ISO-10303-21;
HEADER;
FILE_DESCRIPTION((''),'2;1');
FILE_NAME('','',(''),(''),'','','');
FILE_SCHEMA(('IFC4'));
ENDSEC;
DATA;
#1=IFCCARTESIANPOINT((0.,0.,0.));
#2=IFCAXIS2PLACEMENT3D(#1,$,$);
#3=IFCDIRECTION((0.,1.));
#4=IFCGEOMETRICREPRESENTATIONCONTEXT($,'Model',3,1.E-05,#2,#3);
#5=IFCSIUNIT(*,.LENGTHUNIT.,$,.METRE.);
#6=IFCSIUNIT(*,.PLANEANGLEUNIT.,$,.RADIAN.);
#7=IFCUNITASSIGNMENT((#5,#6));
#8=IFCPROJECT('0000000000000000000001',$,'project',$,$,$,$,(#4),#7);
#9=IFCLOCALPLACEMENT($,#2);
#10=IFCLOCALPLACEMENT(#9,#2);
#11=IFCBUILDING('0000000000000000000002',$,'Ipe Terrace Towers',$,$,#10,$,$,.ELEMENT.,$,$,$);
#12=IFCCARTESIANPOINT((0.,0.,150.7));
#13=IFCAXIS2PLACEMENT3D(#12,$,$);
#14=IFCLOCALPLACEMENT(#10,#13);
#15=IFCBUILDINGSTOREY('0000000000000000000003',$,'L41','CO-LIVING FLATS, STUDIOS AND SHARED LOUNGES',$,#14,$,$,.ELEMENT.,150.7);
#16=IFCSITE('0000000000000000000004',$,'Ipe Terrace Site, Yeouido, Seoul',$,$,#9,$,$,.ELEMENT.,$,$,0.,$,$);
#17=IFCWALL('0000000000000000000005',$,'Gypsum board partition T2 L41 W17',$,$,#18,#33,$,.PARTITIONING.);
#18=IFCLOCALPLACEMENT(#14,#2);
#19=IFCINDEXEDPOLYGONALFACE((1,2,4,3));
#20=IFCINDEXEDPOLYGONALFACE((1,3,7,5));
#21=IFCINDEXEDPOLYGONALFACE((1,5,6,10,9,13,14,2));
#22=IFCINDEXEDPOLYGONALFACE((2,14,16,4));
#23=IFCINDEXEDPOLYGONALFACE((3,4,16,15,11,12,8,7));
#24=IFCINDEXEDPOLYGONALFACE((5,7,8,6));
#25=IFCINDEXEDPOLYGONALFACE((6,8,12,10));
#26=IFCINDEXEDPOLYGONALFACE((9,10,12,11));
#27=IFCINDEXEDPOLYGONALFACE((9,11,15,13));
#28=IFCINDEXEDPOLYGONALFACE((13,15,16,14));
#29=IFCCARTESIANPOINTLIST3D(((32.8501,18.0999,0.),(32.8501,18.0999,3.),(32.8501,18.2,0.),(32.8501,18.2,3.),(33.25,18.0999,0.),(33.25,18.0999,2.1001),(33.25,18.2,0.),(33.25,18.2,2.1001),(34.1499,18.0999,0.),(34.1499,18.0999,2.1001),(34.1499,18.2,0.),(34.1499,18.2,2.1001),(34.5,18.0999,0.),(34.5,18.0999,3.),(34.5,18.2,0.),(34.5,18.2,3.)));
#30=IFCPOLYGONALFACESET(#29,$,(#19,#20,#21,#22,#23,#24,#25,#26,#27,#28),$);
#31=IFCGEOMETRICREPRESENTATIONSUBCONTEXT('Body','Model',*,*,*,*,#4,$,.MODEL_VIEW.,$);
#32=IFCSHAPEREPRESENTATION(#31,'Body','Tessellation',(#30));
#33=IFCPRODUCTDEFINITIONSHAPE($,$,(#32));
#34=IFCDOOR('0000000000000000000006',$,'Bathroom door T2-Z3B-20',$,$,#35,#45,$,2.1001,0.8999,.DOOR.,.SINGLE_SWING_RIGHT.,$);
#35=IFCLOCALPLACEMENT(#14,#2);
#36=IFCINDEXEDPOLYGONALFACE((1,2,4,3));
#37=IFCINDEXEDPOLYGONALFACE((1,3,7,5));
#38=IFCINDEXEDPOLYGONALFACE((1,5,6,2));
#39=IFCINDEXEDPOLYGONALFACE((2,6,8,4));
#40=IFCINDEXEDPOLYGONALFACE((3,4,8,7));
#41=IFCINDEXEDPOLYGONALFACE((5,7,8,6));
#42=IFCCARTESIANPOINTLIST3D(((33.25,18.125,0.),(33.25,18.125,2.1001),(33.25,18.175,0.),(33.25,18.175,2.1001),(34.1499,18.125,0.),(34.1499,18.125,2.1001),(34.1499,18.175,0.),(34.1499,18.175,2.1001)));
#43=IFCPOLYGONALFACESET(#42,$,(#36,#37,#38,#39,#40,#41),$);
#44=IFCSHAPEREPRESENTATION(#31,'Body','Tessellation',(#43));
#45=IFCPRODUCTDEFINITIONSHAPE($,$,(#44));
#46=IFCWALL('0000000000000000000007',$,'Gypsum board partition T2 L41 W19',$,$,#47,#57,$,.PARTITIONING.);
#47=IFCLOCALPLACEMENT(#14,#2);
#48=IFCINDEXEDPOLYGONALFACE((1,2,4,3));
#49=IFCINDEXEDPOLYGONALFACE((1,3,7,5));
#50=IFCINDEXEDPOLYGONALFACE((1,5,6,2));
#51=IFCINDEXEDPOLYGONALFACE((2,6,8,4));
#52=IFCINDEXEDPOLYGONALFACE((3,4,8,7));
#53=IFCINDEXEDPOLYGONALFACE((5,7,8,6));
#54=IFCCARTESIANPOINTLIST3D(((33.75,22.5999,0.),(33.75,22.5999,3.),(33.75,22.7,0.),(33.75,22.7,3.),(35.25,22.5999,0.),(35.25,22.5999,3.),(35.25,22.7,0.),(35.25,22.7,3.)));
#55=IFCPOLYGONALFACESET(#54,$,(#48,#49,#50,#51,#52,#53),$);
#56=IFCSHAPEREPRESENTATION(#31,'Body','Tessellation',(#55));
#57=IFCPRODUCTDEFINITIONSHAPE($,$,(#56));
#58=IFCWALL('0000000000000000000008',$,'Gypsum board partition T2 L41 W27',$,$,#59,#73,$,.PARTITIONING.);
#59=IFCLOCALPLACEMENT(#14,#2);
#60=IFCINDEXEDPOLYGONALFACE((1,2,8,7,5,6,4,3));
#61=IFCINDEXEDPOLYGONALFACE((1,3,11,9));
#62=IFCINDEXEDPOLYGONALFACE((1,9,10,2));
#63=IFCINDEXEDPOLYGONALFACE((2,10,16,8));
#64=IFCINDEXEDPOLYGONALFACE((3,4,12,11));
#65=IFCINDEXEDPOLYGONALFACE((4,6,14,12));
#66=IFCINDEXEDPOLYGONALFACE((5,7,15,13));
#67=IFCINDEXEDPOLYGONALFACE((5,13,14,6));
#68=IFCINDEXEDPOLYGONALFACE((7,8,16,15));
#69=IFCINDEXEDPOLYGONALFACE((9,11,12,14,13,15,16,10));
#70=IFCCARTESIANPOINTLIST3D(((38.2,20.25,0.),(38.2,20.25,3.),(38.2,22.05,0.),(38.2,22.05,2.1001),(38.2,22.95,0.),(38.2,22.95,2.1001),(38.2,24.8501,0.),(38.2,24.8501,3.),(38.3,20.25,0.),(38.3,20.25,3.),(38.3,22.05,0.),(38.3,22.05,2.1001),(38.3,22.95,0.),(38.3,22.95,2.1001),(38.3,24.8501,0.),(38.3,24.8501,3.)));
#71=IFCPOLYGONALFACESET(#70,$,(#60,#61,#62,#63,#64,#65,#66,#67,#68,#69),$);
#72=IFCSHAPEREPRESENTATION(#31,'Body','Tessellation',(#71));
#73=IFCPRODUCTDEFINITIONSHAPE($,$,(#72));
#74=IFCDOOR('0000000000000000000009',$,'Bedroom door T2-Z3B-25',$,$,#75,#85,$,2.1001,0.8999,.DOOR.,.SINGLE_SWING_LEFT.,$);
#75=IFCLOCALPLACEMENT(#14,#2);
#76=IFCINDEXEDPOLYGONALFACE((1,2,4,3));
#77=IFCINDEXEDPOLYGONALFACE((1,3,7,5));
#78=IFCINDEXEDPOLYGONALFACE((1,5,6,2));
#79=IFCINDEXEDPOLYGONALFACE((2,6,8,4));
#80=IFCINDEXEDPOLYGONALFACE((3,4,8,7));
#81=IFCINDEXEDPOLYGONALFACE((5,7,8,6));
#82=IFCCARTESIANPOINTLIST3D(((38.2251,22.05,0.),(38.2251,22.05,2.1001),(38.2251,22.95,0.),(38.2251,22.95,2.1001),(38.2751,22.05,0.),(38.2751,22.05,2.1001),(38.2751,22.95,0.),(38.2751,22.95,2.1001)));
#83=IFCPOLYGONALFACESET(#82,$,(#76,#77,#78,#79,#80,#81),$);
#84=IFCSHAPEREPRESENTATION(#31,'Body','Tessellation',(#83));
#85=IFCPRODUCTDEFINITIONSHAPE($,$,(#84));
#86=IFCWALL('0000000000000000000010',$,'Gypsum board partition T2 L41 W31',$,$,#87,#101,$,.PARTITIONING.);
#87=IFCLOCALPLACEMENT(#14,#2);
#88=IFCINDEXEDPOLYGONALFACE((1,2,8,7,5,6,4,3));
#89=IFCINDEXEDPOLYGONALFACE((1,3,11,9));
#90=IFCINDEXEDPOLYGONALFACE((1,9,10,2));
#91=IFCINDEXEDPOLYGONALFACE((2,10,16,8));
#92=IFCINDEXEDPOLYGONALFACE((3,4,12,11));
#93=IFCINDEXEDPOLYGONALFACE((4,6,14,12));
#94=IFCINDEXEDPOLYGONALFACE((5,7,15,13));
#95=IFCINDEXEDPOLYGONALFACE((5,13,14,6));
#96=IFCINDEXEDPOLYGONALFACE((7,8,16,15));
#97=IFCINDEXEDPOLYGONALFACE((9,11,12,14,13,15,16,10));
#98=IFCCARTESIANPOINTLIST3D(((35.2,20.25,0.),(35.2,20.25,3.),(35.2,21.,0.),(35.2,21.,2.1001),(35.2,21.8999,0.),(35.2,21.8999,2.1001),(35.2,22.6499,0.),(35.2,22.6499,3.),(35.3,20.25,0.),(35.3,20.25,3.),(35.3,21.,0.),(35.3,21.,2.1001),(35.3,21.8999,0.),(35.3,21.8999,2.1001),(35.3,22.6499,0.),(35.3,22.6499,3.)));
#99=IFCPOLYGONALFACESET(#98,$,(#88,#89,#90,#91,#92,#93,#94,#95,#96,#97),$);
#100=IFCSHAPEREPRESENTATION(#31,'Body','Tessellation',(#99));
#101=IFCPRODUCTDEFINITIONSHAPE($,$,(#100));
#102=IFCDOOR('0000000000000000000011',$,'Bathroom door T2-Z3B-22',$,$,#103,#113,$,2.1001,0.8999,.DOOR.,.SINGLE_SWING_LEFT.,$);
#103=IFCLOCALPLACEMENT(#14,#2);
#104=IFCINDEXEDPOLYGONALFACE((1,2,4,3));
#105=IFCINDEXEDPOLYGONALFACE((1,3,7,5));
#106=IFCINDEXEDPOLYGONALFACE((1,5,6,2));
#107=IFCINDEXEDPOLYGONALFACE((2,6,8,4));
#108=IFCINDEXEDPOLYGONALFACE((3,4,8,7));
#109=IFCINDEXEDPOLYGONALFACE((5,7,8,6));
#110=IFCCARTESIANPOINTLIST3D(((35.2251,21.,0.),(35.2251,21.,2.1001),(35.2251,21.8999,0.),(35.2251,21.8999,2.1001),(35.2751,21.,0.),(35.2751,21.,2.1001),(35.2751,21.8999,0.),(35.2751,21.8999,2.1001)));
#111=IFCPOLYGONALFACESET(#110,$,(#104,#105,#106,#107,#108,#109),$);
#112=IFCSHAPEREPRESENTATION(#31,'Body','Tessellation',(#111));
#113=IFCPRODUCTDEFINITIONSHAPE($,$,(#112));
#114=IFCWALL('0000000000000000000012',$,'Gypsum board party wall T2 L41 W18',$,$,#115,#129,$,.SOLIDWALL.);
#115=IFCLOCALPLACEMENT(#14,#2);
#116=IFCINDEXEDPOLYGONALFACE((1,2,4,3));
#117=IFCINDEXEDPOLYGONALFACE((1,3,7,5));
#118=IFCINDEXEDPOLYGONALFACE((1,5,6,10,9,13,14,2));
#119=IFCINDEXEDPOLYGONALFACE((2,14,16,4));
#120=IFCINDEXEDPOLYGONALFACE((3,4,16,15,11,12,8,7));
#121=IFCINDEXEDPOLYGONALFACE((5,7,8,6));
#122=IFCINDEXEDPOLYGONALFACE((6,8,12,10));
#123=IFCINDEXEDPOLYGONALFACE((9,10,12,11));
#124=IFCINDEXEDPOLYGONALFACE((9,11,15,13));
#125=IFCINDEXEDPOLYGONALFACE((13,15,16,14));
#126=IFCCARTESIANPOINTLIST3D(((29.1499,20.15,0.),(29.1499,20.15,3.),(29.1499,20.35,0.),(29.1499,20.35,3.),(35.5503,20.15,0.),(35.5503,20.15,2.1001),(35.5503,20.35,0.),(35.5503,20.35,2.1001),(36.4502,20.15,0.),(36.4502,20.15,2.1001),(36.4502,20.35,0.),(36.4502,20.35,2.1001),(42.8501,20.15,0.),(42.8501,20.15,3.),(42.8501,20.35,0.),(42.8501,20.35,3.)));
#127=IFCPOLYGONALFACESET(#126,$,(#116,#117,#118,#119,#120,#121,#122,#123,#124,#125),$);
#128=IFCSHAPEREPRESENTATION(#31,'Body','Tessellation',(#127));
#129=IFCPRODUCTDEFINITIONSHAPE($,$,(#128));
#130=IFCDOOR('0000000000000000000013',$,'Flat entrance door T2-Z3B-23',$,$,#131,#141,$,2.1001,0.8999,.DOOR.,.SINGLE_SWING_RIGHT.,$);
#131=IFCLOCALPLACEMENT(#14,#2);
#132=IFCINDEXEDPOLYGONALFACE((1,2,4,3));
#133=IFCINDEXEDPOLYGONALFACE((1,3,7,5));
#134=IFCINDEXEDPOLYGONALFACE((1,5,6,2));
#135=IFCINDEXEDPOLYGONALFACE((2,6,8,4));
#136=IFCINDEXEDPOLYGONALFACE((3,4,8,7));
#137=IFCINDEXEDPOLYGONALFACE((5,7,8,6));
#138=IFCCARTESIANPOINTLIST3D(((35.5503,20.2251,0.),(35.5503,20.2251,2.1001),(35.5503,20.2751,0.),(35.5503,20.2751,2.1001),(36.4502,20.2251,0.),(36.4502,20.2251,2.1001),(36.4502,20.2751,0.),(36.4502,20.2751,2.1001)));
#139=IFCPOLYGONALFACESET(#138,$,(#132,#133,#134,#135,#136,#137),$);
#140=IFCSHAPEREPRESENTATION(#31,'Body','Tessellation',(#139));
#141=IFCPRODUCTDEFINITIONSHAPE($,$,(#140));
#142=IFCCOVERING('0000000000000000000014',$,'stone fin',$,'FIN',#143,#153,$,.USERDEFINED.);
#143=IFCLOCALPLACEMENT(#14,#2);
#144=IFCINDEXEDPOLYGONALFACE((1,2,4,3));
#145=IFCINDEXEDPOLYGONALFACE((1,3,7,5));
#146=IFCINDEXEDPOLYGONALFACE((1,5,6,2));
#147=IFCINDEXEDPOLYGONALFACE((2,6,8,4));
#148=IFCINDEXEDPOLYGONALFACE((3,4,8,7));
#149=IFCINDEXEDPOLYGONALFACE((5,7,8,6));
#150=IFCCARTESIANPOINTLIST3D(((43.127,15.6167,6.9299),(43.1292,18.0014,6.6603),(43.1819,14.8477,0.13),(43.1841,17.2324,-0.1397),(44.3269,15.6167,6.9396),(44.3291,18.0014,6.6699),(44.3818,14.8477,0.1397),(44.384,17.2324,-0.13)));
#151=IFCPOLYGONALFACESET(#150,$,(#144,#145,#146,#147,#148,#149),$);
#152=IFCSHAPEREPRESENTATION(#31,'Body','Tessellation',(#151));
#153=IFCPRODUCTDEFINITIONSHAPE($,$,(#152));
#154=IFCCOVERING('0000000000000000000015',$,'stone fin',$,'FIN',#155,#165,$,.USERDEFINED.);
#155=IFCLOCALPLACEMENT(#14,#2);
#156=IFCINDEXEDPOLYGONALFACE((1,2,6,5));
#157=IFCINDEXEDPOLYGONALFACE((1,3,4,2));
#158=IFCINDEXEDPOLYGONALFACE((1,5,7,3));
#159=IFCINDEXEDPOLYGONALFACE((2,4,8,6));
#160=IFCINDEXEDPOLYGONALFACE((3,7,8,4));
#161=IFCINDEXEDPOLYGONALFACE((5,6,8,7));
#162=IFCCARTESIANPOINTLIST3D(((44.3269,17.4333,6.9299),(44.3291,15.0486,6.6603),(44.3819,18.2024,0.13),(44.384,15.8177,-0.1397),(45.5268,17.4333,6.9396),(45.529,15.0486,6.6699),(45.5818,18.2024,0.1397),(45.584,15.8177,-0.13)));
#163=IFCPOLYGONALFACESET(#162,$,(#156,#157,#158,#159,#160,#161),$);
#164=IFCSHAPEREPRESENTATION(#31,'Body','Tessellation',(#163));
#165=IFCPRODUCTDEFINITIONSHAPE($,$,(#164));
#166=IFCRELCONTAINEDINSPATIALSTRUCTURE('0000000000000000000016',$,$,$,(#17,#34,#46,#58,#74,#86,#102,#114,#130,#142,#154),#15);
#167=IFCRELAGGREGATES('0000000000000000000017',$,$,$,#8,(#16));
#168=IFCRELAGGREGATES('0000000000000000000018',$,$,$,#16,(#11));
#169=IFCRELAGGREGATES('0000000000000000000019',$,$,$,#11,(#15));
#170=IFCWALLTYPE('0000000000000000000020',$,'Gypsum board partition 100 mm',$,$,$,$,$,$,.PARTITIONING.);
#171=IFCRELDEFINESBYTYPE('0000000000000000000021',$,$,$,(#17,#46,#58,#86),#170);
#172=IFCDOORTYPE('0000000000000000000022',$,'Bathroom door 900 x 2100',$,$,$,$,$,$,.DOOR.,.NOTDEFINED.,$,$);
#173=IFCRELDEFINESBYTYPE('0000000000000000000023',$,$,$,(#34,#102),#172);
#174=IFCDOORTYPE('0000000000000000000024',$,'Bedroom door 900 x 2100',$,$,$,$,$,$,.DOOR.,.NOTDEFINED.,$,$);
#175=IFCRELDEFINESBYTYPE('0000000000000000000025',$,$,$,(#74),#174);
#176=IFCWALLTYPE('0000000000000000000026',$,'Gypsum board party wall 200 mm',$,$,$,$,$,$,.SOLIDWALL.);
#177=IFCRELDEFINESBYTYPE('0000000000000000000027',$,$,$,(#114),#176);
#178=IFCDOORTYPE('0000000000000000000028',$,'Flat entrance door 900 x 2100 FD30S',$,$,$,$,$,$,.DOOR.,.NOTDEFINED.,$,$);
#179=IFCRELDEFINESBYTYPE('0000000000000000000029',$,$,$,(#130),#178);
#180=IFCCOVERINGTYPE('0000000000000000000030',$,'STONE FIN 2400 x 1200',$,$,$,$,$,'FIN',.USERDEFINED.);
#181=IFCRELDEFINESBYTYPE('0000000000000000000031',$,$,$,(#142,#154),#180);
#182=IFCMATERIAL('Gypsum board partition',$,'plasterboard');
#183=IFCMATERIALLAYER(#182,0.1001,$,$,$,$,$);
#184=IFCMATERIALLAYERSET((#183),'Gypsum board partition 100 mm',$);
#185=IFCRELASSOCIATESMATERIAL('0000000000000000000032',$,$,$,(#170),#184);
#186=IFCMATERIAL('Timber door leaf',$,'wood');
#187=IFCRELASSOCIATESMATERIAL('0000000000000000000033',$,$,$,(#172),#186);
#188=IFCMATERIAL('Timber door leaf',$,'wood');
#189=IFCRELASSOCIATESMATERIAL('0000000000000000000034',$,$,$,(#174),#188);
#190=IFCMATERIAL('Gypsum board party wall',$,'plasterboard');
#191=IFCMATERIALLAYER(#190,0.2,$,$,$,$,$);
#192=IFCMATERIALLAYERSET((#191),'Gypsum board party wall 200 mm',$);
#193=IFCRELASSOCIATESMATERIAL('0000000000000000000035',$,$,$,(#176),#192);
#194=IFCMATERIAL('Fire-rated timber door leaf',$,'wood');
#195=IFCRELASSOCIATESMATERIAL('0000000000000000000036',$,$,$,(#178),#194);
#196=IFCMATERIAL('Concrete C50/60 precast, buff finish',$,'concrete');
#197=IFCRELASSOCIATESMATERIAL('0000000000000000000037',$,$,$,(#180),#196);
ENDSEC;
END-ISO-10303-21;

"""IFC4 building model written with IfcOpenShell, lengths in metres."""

from ifc_helpers import new_model, si_unit, direction, frame, frame_2d, origin, origin_2d, place, context, subcontext, project, spatial, rectangle, extrude, material, layer, layer_set, material_profile, profile_set, type_object, element, fill, save


model = new_model("IFC4")

# Units and contexts
model_context = context("Model", 3, precision=1e-05, world=origin(), true_north=direction((0.0, 1.0)))
body_context = subcontext(model_context, "Body", "Model", "MODEL_VIEW")
ifc_project = project(units=[si_unit("LENGTHUNIT", "METRE"), si_unit("PLANEANGLEUNIT", "RADIAN")], contexts=[model_context])

# Site, building, storey
site_placement = place(None, origin())
site = spatial("IfcSite", under=ifc_project, at=site_placement, Name="Ipe Terrace Site, Yeouido, Seoul", CompositionType="ELEMENT", RefElevation=0.0)
building_placement = place(site_placement, origin())
building = spatial("IfcBuilding", under=site, at=building_placement, Name="Ipe Terrace Towers", CompositionType="ELEMENT")
storey_placement = place(building_placement, frame((0.0, 0.0, 150.7)))
storey = spatial("IfcBuildingStorey", under=building, at=storey_placement, Name="L41", Description="CO-LIVING FLATS, STUDIOS AND SHARED LOUNGES", CompositionType="ELEMENT", Elevation=150.7)

# Wall, opening, door
ifc_material_1 = material(Name="Gypsum board partition", Category="plasterboard")
ifc_layer_1 = layer(ifc_material_1, 0.1001)
ifc_layer_set_1 = layer_set([ifc_layer_1], Name="Gypsum board partition 100 mm")
wall_type_1 = type_object("IfcWallType", Name="Gypsum board partition 100 mm", PredefinedType="PARTITIONING", material=ifc_layer_set_1)
wall_1_placement = place(storey_placement, frame((34.5, 18.1499, 0.0), z_axis=(0.0, 0.0, 1.0), x_axis=(-1.0, 0.0, 0.0)))
wall_1 = element("IfcWall", 1, at=wall_1_placement, inside=storey, type_object=wall_type_1, Name="Gypsum board partition T2 L41 W17", PredefinedType="PARTITIONING", context=body_context, shape_type="SweptSolid", body=[
    extrude(rectangle(XDim=1.6499, YDim=0.1001, at=frame_2d((0.825, 0.0))), origin(), (0.0, 0.0, 1.0), 3.0),
])
opening_1_placement = place(wall_1_placement, frame((0.3501, 0.0, 0.0)))
opening_1 = element("IfcOpeningElement", 2, at=opening_1_placement, cuts=wall_1, PredefinedType="OPENING", context=body_context, shape_type="SweptSolid", body=[
    extrude(rectangle(XDim=0.8999, YDim=2.1001, at=frame_2d((0.45, 1.05))), frame((0.0, 0.0601, 0.0), z_axis=(0.0, -1.0, 0.0), x_axis=(1.0, 0.0, 0.0)), (0.0, 0.0, 1.0), 0.1201),
])
ifc_material_2 = material(Name="Timber door leaf", Category="wood")
door_type_1 = type_object("IfcDoorType", Name="Bathroom door 900 x 2100", OperationType="NOTDEFINED", PredefinedType="DOOR", material=ifc_material_2)
door_1_placement = place(opening_1_placement, origin())
door_1 = element("IfcDoor", 3, at=door_1_placement, inside=storey, type_object=door_type_1, Name="Bathroom door T2-Z3B-20", OperationType="SINGLE_SWING_RIGHT", OverallHeight=2.1001, OverallWidth=0.8999, PredefinedType="DOOR", context=body_context, shape_type="SweptSolid", body=[
    extrude(rectangle(XDim=0.8999, YDim=2.1001, at=frame_2d((0.45, 1.05))), frame((0.0, 0.0249, 0.0), z_axis=(0.0, -1.0, 0.0), x_axis=(1.0, 0.0, 0.0)), (0.0, 0.0, 1.0), 0.05),
])
fill(opening_1, door_1)

# Wall
wall_2_placement = place(storey_placement, frame((35.25, 22.6499, 0.0), z_axis=(0.0, 0.0, 1.0), x_axis=(-1.0, 0.0, 0.0)))
element("IfcWall", 4, at=wall_2_placement, inside=storey, type_object=wall_type_1, Name="Gypsum board partition T2 L41 W19", PredefinedType="PARTITIONING", context=body_context, shape_type="SweptSolid", body=[
    extrude(rectangle(XDim=1.5, YDim=0.1001, at=frame_2d((0.75, 0.0))), origin(), (0.0, 0.0, 1.0), 3.0),
])

# Walls, openings, doors
wall_3_placement = place(storey_placement, frame((38.25, 20.25, 0.0), z_axis=(0.0, 0.0, 1.0), x_axis=(0.0, 1.0, 0.0)))
wall_3 = element("IfcWall", 5, at=wall_3_placement, inside=storey, type_object=wall_type_1, Name="Gypsum board partition T2 L41 W27", PredefinedType="PARTITIONING", context=body_context, shape_type="SweptSolid", body=[
    extrude(rectangle(XDim=4.6001, YDim=0.1001, at=frame_2d((2.3, 0.0))), origin(), (0.0, 0.0, 1.0), 3.0),
])
opening_2_placement = place(wall_3_placement, frame((1.8, 0.0, 0.0)))
opening_2 = element("IfcOpeningElement", 6, at=opening_2_placement, cuts=wall_3, PredefinedType="OPENING", context=body_context, shape_type="SweptSolid", body=[
    extrude(rectangle(XDim=0.8999, YDim=2.1001, at=frame_2d((0.45, 1.05))), frame((0.0, 0.0601, 0.0), z_axis=(0.0, -1.0, 0.0), x_axis=(1.0, 0.0, 0.0)), (0.0, 0.0, 1.0), 0.1201),
])
ifc_material_3 = material(Name="Timber door leaf", Category="wood")
door_type_2 = type_object("IfcDoorType", Name="Bedroom door 900 x 2100", OperationType="NOTDEFINED", PredefinedType="DOOR", material=ifc_material_3)
door_2_placement = place(opening_2_placement, origin())
door_2 = element("IfcDoor", 7, at=door_2_placement, inside=storey, type_object=door_type_2, Name="Bedroom door T2-Z3B-25", OperationType="SINGLE_SWING_LEFT", OverallHeight=2.1001, OverallWidth=0.8999, PredefinedType="DOOR", context=body_context, shape_type="SweptSolid", body=[
    extrude(rectangle(XDim=0.8999, YDim=2.1001, at=frame_2d((0.45, 1.05))), frame((0.0, 0.0249, 0.0), z_axis=(0.0, -1.0, 0.0), x_axis=(1.0, 0.0, 0.0)), (0.0, 0.0, 1.0), 0.05),
])
fill(opening_2, door_2)
wall_4_placement = place(storey_placement, frame((35.25, 20.25, 0.0), z_axis=(0.0, 0.0, 1.0), x_axis=(0.0, 1.0, 0.0)))
wall_4 = element("IfcWall", 8, at=wall_4_placement, inside=storey, type_object=wall_type_1, Name="Gypsum board partition T2 L41 W31", PredefinedType="PARTITIONING", context=body_context, shape_type="SweptSolid", body=[
    extrude(rectangle(XDim=2.3999, YDim=0.1001, at=frame_2d((1.2, 0.0))), origin(), (0.0, 0.0, 1.0), 3.0),
])
opening_3_placement = place(wall_4_placement, frame((0.75, 0.0, 0.0)))
opening_3 = element("IfcOpeningElement", 9, at=opening_3_placement, cuts=wall_4, PredefinedType="OPENING", context=body_context, shape_type="SweptSolid", body=[
    extrude(rectangle(XDim=0.8999, YDim=2.1001, at=frame_2d((0.45, 1.05))), frame((0.0, 0.0601, 0.0), z_axis=(0.0, -1.0, 0.0), x_axis=(1.0, 0.0, 0.0)), (0.0, 0.0, 1.0), 0.1201),
])
door_3_placement = place(opening_3_placement, origin())
door_3 = element("IfcDoor", 10, at=door_3_placement, inside=storey, type_object=door_type_1, Name="Bathroom door T2-Z3B-22", OperationType="SINGLE_SWING_LEFT", OverallHeight=2.1001, OverallWidth=0.8999, PredefinedType="DOOR", context=body_context, shape_type="SweptSolid", body=[
    extrude(rectangle(XDim=0.8999, YDim=2.1001, at=frame_2d((0.45, 1.05))), frame((0.0, 0.0249, 0.0), z_axis=(0.0, -1.0, 0.0), x_axis=(1.0, 0.0, 0.0)), (0.0, 0.0, 1.0), 0.05),
])
fill(opening_3, door_3)
ifc_material_4 = material(Name="Gypsum board party wall", Category="plasterboard")
ifc_layer_2 = layer(ifc_material_4, 0.2)
ifc_layer_set_2 = layer_set([ifc_layer_2], Name="Gypsum board party wall 200 mm")
wall_type_2 = type_object("IfcWallType", Name="Gypsum board party wall 200 mm", PredefinedType="SOLIDWALL", material=ifc_layer_set_2)
wall_5_placement = place(storey_placement, frame((42.8501, 20.25, 0.0), z_axis=(0.0, 0.0, 1.0), x_axis=(-1.0, 0.0, 0.0)))
wall_5 = element("IfcWall", 11, at=wall_5_placement, inside=storey, type_object=wall_type_2, Name="Gypsum board party wall T2 L41 W18", PredefinedType="SOLIDWALL", context=body_context, shape_type="SweptSolid", body=[
    extrude(rectangle(XDim=13.7002, YDim=0.2, at=frame_2d((6.8501, 0.0))), origin(), (0.0, 0.0, 1.0), 3.0),
])
opening_4_placement = place(wall_5_placement, frame((6.3999, 0.0, 0.0)))
opening_4 = element("IfcOpeningElement", 12, at=opening_4_placement, cuts=wall_5, PredefinedType="OPENING", context=body_context, shape_type="SweptSolid", body=[
    extrude(rectangle(XDim=0.8999, YDim=2.1001, at=frame_2d((0.45, 1.05))), frame((0.0, 0.1099, 0.0), z_axis=(0.0, -1.0, 0.0), x_axis=(1.0, 0.0, 0.0)), (0.0, 0.0, 1.0), 0.22),
])
ifc_material_5 = material(Name="Fire-rated timber door leaf", Category="wood")
door_type_3 = type_object("IfcDoorType", Name="Flat entrance door 900 x 2100 FD30S", OperationType="NOTDEFINED", PredefinedType="DOOR", material=ifc_material_5)
door_4_placement = place(opening_4_placement, origin())
door_4 = element("IfcDoor", 13, at=door_4_placement, inside=storey, type_object=door_type_3, Name="Flat entrance door T2-Z3B-23", OperationType="SINGLE_SWING_RIGHT", OverallHeight=2.1001, OverallWidth=0.8999, PredefinedType="DOOR", context=body_context, shape_type="SweptSolid", body=[
    extrude(rectangle(XDim=0.8999, YDim=2.1001, at=frame_2d((0.45, 1.05))), frame((0.0, 0.0249, 0.0), z_axis=(0.0, -1.0, 0.0), x_axis=(1.0, 0.0, 0.0)), (0.0, 0.0, 1.0), 0.05),
])
fill(opening_4, door_4)

# Coverings
ifc_material_6 = material(Name="Concrete C50/60 precast, buff finish", Category="concrete")
ifc_material_profile_1 = material_profile(ifc_material_6, rectangle(XDim=2.3999, YDim=1.2, at=origin_2d()), Name="STONE FIN 2400 x 1200")
ifc_profile_set_1 = profile_set([ifc_material_profile_1], Name="Concrete C50/60 precast, buff finish")
covering_type_1 = type_object("IfcCoveringType", Name="STONE FIN 2400 x 1200", ElementType="FIN", PredefinedType="USERDEFINED", material=ifc_profile_set_1)
for number, where, z_axis, x_axis, name in (
    (14, (43.783, 16.04, 0.0), (-0.008027, 0.112374, 0.993634), (0.000908, 0.993666, -0.11237), "stone fin"),
    (15, (44.9829, 17.01, 0.0), (-0.008027, -0.112374, 0.993634), (-0.000908, 0.993666, 0.11237), "stone fin"),
):
    element("IfcCovering", number, at=place(storey_placement, frame(where, z_axis=z_axis, x_axis=x_axis)), inside=storey, type_object=covering_type_1, Name=name, ObjectType="FIN", PredefinedType="USERDEFINED", context=body_context, shape_type="SweptSolid", body=[
        extrude(rectangle(XDim=2.3999, YDim=1.2, at=origin_2d()), origin(), (0.0, 0.0, 1.0), 6.8435),
    ])

save(model, "model.ifc")
